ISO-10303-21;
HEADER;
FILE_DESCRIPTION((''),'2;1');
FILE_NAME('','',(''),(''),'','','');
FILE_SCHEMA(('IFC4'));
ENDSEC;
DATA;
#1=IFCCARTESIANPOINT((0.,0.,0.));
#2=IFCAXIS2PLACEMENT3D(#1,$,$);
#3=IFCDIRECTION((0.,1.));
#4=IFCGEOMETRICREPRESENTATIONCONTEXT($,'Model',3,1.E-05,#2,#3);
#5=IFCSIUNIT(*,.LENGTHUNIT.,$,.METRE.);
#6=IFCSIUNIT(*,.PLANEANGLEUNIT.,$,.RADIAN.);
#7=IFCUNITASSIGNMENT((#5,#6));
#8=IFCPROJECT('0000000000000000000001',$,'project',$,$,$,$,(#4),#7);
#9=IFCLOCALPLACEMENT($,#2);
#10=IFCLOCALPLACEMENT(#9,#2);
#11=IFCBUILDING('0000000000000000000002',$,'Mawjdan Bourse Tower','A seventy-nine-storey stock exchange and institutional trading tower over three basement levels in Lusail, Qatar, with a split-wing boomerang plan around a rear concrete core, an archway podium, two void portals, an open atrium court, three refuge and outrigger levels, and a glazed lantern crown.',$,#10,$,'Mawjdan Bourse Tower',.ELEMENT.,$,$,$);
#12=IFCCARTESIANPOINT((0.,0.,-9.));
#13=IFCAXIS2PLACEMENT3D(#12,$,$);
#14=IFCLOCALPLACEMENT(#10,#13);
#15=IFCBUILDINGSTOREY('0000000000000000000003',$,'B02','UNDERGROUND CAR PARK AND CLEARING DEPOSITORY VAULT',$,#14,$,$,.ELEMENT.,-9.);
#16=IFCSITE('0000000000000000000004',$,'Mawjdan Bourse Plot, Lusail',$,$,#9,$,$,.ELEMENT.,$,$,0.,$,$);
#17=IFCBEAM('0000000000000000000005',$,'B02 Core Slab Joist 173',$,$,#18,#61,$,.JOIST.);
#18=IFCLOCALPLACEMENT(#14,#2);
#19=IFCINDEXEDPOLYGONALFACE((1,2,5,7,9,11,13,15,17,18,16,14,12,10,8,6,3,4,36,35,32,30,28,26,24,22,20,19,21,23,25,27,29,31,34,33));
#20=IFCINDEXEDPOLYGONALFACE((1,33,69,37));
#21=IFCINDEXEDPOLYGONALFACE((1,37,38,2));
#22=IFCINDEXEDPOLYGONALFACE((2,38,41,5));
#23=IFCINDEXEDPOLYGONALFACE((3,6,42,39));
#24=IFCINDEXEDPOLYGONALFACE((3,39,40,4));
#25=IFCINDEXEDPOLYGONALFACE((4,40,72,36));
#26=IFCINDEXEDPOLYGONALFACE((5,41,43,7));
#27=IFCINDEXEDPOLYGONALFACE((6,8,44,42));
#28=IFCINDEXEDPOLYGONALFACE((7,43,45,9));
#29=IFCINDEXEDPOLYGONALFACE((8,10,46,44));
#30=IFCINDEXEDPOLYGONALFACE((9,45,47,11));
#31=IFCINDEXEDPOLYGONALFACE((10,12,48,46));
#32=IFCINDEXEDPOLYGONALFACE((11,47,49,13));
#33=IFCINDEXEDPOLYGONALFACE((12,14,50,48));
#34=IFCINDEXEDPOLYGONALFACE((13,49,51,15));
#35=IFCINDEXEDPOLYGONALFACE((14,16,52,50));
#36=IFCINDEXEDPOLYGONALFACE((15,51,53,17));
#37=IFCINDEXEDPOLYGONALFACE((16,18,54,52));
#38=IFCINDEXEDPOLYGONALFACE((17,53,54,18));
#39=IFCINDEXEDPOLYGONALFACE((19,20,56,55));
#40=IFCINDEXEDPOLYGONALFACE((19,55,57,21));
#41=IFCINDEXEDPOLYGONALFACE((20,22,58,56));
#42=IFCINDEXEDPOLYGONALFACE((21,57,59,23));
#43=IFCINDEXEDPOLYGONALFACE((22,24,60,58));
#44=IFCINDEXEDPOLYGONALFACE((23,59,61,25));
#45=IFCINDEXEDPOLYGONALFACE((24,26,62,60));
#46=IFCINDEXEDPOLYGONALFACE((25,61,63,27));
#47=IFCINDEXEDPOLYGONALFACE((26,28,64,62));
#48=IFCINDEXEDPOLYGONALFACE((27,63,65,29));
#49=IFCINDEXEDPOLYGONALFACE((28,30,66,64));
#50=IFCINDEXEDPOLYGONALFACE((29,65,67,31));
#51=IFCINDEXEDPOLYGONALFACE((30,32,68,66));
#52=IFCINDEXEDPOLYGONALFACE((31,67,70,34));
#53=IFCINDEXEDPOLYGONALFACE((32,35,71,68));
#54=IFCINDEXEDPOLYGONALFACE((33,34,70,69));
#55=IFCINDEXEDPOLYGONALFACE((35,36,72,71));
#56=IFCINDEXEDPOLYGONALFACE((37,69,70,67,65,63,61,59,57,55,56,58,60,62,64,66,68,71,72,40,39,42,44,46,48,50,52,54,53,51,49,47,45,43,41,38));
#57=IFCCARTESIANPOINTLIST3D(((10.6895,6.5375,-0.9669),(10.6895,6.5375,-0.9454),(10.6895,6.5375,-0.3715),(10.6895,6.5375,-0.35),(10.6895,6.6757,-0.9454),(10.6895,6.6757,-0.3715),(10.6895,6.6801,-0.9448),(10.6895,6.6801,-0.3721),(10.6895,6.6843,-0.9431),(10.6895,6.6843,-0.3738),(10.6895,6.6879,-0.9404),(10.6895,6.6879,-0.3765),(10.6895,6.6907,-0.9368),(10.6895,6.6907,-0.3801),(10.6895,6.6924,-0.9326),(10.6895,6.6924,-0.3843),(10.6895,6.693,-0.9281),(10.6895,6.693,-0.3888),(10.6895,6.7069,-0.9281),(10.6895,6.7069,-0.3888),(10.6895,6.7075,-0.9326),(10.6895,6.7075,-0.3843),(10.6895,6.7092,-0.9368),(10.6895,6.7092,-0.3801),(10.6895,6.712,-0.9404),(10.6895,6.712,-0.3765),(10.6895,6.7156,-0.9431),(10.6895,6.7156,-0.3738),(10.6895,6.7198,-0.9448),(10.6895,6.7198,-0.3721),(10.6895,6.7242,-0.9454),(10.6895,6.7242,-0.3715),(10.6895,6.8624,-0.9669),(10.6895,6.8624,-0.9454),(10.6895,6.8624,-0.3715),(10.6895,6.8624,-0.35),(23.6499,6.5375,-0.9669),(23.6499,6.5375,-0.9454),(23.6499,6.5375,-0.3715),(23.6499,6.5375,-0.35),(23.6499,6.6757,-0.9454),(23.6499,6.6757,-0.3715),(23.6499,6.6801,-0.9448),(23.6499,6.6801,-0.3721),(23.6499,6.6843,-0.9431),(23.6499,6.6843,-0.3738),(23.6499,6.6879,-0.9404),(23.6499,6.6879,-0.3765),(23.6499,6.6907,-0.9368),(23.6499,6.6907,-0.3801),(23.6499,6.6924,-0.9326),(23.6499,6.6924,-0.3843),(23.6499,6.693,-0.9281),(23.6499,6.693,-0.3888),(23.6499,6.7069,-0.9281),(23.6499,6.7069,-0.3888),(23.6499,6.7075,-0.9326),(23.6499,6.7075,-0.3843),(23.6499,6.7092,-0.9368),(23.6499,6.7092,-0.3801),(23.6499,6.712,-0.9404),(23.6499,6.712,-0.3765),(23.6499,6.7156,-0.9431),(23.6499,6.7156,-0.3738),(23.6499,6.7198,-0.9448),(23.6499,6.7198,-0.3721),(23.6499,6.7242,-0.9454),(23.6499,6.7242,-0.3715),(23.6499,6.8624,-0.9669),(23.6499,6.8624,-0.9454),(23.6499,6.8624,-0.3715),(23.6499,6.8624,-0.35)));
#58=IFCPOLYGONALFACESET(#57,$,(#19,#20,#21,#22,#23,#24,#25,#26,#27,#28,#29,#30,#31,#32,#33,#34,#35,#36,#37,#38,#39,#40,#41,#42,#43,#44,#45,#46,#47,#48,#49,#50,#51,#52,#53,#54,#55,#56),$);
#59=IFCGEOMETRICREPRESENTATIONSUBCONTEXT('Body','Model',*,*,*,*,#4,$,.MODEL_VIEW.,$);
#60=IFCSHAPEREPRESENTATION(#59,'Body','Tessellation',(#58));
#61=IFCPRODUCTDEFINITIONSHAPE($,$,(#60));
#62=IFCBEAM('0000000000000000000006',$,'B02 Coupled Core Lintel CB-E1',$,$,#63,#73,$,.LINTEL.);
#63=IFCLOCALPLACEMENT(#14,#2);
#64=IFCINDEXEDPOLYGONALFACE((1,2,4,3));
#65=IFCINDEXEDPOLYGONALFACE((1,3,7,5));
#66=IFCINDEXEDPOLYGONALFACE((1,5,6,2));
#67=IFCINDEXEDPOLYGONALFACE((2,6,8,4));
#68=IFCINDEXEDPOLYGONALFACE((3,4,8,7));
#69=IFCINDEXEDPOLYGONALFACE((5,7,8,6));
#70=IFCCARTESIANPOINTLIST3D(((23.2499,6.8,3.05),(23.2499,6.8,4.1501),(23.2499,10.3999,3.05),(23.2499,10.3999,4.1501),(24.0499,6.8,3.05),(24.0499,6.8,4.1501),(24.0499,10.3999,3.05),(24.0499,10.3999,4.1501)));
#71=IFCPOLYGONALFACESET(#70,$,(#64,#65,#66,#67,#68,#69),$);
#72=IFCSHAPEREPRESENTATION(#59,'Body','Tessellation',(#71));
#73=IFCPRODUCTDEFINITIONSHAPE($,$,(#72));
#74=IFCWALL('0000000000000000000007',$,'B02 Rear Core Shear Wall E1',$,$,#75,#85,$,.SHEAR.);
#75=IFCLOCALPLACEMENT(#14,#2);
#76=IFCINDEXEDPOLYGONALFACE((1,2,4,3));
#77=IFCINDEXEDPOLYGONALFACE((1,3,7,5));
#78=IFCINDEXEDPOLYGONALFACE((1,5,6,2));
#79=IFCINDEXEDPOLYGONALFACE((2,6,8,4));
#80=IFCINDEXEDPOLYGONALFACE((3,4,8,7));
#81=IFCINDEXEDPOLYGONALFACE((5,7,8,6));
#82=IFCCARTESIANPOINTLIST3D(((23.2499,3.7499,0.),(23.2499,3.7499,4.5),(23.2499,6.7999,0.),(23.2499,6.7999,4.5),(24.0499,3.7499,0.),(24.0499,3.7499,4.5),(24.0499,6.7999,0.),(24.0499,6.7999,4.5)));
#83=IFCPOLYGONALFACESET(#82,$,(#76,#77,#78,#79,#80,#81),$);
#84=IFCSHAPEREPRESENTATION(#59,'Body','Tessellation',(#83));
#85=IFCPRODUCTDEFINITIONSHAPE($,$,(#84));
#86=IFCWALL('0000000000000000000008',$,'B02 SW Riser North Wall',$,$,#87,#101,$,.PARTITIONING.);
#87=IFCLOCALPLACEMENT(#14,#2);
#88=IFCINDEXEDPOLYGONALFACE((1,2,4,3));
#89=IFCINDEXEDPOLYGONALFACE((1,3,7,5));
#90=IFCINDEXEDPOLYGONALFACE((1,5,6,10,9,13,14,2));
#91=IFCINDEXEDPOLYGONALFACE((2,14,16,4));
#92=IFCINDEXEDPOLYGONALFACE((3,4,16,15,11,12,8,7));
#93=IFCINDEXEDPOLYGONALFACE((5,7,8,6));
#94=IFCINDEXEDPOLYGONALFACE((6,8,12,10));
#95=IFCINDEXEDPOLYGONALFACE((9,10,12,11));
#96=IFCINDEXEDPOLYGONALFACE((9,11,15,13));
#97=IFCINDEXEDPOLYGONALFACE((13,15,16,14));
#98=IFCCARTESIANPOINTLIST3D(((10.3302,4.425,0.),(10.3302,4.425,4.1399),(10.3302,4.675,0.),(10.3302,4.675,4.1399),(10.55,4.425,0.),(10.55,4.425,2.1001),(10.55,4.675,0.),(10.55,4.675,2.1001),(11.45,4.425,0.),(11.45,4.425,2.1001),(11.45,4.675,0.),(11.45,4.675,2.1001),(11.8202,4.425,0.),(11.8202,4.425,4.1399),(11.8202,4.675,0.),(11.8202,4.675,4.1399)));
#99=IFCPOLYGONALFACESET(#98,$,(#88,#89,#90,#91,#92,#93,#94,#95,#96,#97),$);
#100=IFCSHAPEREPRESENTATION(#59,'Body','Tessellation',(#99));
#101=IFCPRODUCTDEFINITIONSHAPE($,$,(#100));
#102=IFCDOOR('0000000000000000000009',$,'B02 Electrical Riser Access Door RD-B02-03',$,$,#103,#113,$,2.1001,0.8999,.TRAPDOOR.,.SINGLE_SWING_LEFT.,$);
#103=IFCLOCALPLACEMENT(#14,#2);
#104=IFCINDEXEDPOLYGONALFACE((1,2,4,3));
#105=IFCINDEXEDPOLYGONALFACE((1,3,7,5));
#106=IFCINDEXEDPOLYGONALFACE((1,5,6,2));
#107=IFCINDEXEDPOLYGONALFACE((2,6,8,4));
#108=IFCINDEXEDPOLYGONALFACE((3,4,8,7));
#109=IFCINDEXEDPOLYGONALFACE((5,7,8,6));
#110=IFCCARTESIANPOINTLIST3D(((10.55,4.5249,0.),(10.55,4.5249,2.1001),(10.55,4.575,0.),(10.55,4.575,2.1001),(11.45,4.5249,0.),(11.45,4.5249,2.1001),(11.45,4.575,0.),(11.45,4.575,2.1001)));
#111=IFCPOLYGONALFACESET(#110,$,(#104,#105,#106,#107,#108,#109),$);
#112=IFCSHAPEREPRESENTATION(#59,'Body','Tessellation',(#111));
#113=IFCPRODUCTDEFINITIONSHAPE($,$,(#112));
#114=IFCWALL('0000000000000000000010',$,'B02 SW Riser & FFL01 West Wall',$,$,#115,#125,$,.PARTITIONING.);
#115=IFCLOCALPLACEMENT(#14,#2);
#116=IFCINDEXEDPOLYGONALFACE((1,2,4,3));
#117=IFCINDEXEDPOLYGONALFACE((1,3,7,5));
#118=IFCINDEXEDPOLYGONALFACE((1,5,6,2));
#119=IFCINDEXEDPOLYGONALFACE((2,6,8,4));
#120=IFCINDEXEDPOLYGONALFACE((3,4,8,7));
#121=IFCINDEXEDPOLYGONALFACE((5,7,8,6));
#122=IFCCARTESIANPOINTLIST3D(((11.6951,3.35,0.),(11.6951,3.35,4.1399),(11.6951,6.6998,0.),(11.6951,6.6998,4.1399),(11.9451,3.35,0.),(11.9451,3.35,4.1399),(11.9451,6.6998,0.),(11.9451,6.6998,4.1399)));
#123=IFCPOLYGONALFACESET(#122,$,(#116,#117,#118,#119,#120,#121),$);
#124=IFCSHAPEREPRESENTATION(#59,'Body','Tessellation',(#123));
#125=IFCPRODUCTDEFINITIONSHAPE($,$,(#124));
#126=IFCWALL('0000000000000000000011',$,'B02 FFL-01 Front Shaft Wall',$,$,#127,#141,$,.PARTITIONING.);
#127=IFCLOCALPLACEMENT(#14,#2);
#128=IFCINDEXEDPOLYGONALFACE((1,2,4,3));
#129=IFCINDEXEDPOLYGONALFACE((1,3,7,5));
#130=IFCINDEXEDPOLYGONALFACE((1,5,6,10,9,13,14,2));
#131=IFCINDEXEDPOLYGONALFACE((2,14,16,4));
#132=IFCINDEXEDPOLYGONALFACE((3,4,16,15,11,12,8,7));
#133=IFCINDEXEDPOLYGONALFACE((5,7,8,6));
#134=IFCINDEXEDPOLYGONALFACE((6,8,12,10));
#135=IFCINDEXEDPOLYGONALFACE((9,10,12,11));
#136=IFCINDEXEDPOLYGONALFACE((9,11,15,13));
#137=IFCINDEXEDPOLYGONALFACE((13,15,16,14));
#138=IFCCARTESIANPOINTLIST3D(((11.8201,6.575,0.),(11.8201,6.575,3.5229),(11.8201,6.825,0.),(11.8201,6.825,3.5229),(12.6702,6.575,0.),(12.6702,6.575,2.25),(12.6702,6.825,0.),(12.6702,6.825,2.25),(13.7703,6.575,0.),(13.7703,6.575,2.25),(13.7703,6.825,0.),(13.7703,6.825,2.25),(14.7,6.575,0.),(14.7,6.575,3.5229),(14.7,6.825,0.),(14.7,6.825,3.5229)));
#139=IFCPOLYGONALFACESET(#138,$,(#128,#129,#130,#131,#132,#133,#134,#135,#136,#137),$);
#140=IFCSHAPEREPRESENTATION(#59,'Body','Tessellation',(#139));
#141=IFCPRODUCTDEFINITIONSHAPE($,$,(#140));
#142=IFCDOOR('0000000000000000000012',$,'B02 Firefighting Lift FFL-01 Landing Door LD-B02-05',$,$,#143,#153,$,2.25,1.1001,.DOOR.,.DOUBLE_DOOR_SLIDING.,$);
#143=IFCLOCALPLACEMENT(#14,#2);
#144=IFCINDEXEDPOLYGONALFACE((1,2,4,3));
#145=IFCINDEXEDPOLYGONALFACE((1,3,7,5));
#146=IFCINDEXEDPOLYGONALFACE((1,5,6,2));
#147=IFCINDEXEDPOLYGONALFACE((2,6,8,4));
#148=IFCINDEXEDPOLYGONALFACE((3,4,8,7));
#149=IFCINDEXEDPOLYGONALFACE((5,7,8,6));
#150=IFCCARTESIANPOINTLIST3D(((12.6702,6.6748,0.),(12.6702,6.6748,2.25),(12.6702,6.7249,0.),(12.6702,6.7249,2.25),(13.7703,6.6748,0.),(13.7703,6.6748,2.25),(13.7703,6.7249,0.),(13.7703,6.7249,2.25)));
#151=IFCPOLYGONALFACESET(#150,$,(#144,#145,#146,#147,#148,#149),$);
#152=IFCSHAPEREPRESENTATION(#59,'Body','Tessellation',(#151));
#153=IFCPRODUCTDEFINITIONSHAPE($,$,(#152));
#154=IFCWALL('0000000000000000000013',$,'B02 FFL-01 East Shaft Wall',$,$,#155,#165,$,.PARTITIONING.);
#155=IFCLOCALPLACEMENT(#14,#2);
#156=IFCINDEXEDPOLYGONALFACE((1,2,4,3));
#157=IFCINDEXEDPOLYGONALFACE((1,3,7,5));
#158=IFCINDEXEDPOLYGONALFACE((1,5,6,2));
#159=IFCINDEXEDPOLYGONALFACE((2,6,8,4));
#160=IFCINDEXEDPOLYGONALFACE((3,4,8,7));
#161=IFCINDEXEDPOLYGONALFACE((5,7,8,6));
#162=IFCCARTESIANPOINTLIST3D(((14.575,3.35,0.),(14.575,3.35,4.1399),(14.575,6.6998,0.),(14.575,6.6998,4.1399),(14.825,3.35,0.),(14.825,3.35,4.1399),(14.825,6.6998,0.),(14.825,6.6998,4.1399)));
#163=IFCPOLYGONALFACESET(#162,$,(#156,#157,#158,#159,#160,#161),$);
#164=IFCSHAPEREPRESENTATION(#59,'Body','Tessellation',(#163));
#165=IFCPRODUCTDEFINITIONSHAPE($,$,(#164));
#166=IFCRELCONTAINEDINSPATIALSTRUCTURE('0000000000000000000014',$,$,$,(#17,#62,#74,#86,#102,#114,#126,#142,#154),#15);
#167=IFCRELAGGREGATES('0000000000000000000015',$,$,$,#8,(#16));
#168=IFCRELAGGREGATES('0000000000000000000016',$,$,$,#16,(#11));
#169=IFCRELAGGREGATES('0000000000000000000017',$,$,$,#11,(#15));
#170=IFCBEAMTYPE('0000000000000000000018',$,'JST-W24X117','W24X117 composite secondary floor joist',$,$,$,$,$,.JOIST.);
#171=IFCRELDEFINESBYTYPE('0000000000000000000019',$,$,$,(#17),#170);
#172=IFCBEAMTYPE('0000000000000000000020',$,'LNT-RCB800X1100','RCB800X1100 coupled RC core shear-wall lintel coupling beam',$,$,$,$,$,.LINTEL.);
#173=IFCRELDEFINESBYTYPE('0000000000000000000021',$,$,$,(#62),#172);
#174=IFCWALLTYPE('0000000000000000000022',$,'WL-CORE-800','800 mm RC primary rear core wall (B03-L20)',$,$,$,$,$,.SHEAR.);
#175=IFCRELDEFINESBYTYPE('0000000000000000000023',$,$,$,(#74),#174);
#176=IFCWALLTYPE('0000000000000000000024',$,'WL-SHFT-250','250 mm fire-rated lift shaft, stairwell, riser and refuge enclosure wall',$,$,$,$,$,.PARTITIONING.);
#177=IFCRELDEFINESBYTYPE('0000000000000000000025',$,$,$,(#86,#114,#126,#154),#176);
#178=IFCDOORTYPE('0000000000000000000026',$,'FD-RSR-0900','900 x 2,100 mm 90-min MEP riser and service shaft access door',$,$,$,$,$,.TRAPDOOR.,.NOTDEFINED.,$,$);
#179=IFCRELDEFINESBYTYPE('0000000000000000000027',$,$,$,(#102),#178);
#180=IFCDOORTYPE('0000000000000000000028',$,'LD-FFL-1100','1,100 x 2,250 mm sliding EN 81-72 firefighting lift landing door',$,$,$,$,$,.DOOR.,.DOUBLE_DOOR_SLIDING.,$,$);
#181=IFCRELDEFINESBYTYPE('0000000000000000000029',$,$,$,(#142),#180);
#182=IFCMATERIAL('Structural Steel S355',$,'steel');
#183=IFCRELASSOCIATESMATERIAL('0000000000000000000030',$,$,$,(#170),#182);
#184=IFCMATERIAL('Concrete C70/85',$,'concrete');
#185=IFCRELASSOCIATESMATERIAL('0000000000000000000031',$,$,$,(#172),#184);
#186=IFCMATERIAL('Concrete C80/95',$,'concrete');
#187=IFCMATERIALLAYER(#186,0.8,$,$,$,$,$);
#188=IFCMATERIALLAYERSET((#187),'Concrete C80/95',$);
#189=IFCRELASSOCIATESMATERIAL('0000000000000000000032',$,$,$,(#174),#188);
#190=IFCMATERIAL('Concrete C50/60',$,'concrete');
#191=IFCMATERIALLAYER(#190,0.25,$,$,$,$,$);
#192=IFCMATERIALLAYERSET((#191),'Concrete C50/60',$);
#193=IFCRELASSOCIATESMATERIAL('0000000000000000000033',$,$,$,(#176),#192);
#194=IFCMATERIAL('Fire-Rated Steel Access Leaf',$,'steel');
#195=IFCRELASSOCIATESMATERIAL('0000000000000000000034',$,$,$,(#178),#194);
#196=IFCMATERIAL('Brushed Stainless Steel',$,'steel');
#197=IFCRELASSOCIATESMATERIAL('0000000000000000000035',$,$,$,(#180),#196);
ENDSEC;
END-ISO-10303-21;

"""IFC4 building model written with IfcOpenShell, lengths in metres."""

from ifc_helpers import new_model, si_unit, direction, frame, frame_2d, origin, origin_2d, place, context, subcontext, project, spatial, rectangle, i_section, extrude, material, layer, layer_set, material_profile, profile_set, type_object, element, fill, save


model = new_model("IFC4")

# Units and contexts
model_context = context("Model", 3, precision=1e-05, world=origin(), true_north=direction((0.0, 1.0)))
body_context = subcontext(model_context, "Body", "Model", "MODEL_VIEW")
ifc_project = project(units=[si_unit("LENGTHUNIT", "METRE"), si_unit("PLANEANGLEUNIT", "RADIAN")], contexts=[model_context])

# Site, building, storey
site_placement = place(None, origin())
site = spatial("IfcSite", under=ifc_project, at=site_placement, Name="Mawjdan Bourse Plot, Lusail", CompositionType="ELEMENT", RefElevation=0.0)
building_placement = place(site_placement, origin())
building = spatial("IfcBuilding", under=site, at=building_placement, Name="Mawjdan Bourse Tower", Description="A seventy-nine-storey stock exchange and institutional trading tower over three basement levels in Lusail, Qatar, with a split-wing boomerang plan around a rear concrete core, an archway podium, two void portals, an open atrium court, three refuge and outrigger levels, and a glazed lantern crown.", LongName="Mawjdan Bourse Tower", CompositionType="ELEMENT")
storey_placement = place(building_placement, frame((0.0, 0.0, -9.0)))
storey = spatial("IfcBuildingStorey", under=building, at=storey_placement, Name="B02", Description="UNDERGROUND CAR PARK AND CLEARING DEPOSITORY VAULT", CompositionType="ELEMENT", Elevation=-9.0)

# Shared definitions
ifc_material_1 = material(Name="Concrete C80/95", Category="concrete")

# Beams
ifc_material_2 = material(Name="Structural Steel S355", Category="steel")
ifc_material_profile_1 = material_profile(ifc_material_2, i_section(OverallWidth=0.325, OverallDepth=0.6169, WebThickness=0.0139, FlangeThickness=0.0215, FilletRadius=0.0173, at=origin_2d()), Name="W24X117")
ifc_profile_set_1 = profile_set([ifc_material_profile_1], Name="Structural Steel S355")
beam_type_1 = type_object("IfcBeamType", Name="JST-W24X117", Description="W24X117 composite secondary floor joist", PredefinedType="JOIST", material=ifc_profile_set_1)
beam_1_placement = place(storey_placement, frame((10.6895, 6.7, -0.6584), z_axis=(1.0, 0.0, 0.0), x_axis=(0.0, 1.0, 0.0)))
element("IfcBeam", 1, at=beam_1_placement, inside=storey, type_object=beam_type_1, Name="B02 Core Slab Joist 173", PredefinedType="JOIST", context=body_context, shape_type="SweptSolid", body=[
    extrude(i_section(OverallWidth=0.325, OverallDepth=0.6169, WebThickness=0.0139, FlangeThickness=0.0215, FilletRadius=0.0173, at=origin_2d()), origin(), (0.0, 0.0, 1.0), 12.9604),
])
ifc_material_3 = material(Name="Concrete C70/85", Category="concrete")
ifc_material_profile_2 = material_profile(ifc_material_3, rectangle(XDim=0.8, YDim=1.1001, at=origin_2d()), Name="RCB800X1100")
ifc_profile_set_2 = profile_set([ifc_material_profile_2], Name="Concrete C70/85")
beam_type_2 = type_object("IfcBeamType", Name="LNT-RCB800X1100", Description="RCB800X1100 coupled RC core shear-wall lintel coupling beam", PredefinedType="LINTEL", material=ifc_profile_set_2)
beam_2_placement = place(storey_placement, frame((23.6499, 6.8, 3.6001), z_axis=(0.0, 1.0, 0.0), x_axis=(-1.0, 0.0, 0.0)))
element("IfcBeam", 2, at=beam_2_placement, inside=storey, type_object=beam_type_2, Name="B02 Coupled Core Lintel CB-E1", PredefinedType="LINTEL", context=body_context, shape_type="SweptSolid", body=[
    extrude(rectangle(XDim=0.8, YDim=1.1001, at=origin_2d()), origin(), (0.0, 0.0, 1.0), 3.5999),
])

# Wall
ifc_layer_1 = layer(ifc_material_1, 0.8)
ifc_layer_set_1 = layer_set([ifc_layer_1], Name="Concrete C80/95")
wall_type_1 = type_object("IfcWallType", Name="WL-CORE-800", Description="800 mm RC primary rear core wall (B03-L20)", PredefinedType="SHEAR", material=ifc_layer_set_1)
wall_1_placement = place(storey_placement, frame((23.6499, 3.75, 0.0), z_axis=(0.0, 0.0, 1.0), x_axis=(0.0, 1.0, 0.0)))
element("IfcWall", 3, at=wall_1_placement, inside=storey, type_object=wall_type_1, Name="B02 Rear Core Shear Wall E1", PredefinedType="SHEAR", context=body_context, shape_type="SweptSolid", body=[
    extrude(rectangle(XDim=3.05, YDim=0.8, at=frame_2d((1.5249, 0.0))), origin(), (0.0, 0.0, 1.0), 4.5),
])

# Wall, opening, door
ifc_material_4 = material(Name="Concrete C50/60", Category="concrete")
ifc_layer_2 = layer(ifc_material_4, 0.25)
ifc_layer_set_2 = layer_set([ifc_layer_2], Name="Concrete C50/60")
wall_type_2 = type_object("IfcWallType", Name="WL-SHFT-250", Description="250 mm fire-rated lift shaft, stairwell, riser and refuge enclosure wall", PredefinedType="PARTITIONING", material=ifc_layer_set_2)
wall_2_placement = place(storey_placement, frame((10.3301, 4.55, 0.0), z_axis=(0.0, 0.0, 1.0), x_axis=(1.0, 0.0, 0.0)))
wall_2 = element("IfcWall", 4, at=wall_2_placement, inside=storey, type_object=wall_type_2, Name="B02 SW Riser North Wall", PredefinedType="PARTITIONING", context=body_context, shape_type="SweptSolid", body=[
    extrude(rectangle(XDim=1.49, YDim=0.25, at=frame_2d((0.7451, 0.0))), origin(), (0.0, 0.0, 1.0), 4.1399),
])
opening_1_placement = place(wall_2_placement, frame((0.22, 0.0, 0.0)))
opening_1 = element("IfcOpeningElement", 5, at=opening_1_placement, cuts=wall_2, PredefinedType="OPENING", context=body_context, shape_type="SweptSolid", body=[
    extrude(rectangle(XDim=0.8999, YDim=2.1001, at=frame_2d((0.45, 1.05))), frame((0.0, 0.135, 0.0), z_axis=(0.0, -1.0, 0.0), x_axis=(1.0, 0.0, 0.0)), (0.0, 0.0, 1.0), 0.27),
])
ifc_material_5 = material(Name="Fire-Rated Steel Access Leaf", Category="steel")
door_type_1 = type_object("IfcDoorType", Name="FD-RSR-0900", Description="900 x 2,100 mm 90-min MEP riser and service shaft access door", OperationType="NOTDEFINED", PredefinedType="TRAPDOOR", material=ifc_material_5)
door_1_placement = place(opening_1_placement, origin())
door_1 = element("IfcDoor", 6, at=door_1_placement, inside=storey, type_object=door_type_1, Name="B02 Electrical Riser Access Door RD-B02-03", OperationType="SINGLE_SWING_LEFT", OverallHeight=2.1001, OverallWidth=0.8999, PredefinedType="TRAPDOOR", context=body_context, shape_type="SweptSolid", body=[
    extrude(rectangle(XDim=0.8999, YDim=2.1001, at=frame_2d((0.45, 1.05))), frame((0.0, 0.0249, 0.0), z_axis=(0.0, -1.0, 0.0), x_axis=(1.0, 0.0, 0.0)), (0.0, 0.0, 1.0), 0.05),
])
fill(opening_1, door_1)

# Wall
wall_3_placement = place(storey_placement, frame((11.8201, 3.3501, 0.0), z_axis=(0.0, 0.0, 1.0), x_axis=(0.0, 1.0, 0.0)))
element("IfcWall", 7, at=wall_3_placement, inside=storey, type_object=wall_type_2, Name="B02 SW Riser & FFL01 West Wall", PredefinedType="PARTITIONING", context=body_context, shape_type="SweptSolid", body=[
    extrude(rectangle(XDim=3.3499, YDim=0.25, at=frame_2d((1.6748, 0.0))), origin(), (0.0, 0.0, 1.0), 4.1399),
])

# Wall, opening, door
wall_4_placement = place(storey_placement, frame((11.8201, 6.7, 0.0), z_axis=(0.0, 0.0, 1.0), x_axis=(1.0, 0.0, 0.0)))
wall_4 = element("IfcWall", 8, at=wall_4_placement, inside=storey, type_object=wall_type_2, Name="B02 FFL-01 Front Shaft Wall", PredefinedType="PARTITIONING", context=body_context, shape_type="SweptSolid", body=[
    extrude(rectangle(XDim=2.8799, YDim=0.25, at=frame_2d((1.4399, 0.0))), origin(), (0.0, 0.0, 1.0), 3.5229),
])
opening_2_placement = place(wall_4_placement, frame((0.8501, 0.0, 0.0)))
opening_2 = element("IfcOpeningElement", 9, at=opening_2_placement, cuts=wall_4, PredefinedType="OPENING", context=body_context, shape_type="SweptSolid", body=[
    extrude(rectangle(XDim=1.1001, YDim=2.25, at=frame_2d((0.55, 1.125))), frame((0.0, 0.135, 0.0), z_axis=(0.0, -1.0, 0.0), x_axis=(1.0, 0.0, 0.0)), (0.0, 0.0, 1.0), 0.27),
])
ifc_material_6 = material(Name="Brushed Stainless Steel", Category="steel")
door_type_2 = type_object("IfcDoorType", Name="LD-FFL-1100", Description="1,100 x 2,250 mm sliding EN 81-72 firefighting lift landing door", OperationType="DOUBLE_DOOR_SLIDING", PredefinedType="DOOR", material=ifc_material_6)
door_2_placement = place(opening_2_placement, origin())
door_2 = element("IfcDoor", 10, at=door_2_placement, inside=storey, type_object=door_type_2, Name="B02 Firefighting Lift FFL-01 Landing Door LD-B02-05", OperationType="DOUBLE_DOOR_SLIDING", OverallHeight=2.25, OverallWidth=1.1001, PredefinedType="DOOR", context=body_context, shape_type="SweptSolid", body=[
    extrude(rectangle(XDim=1.1001, YDim=2.25, at=frame_2d((0.55, 1.125))), frame((0.0, 0.0249, 0.0), z_axis=(0.0, -1.0, 0.0), x_axis=(1.0, 0.0, 0.0)), (0.0, 0.0, 1.0), 0.05),
])
fill(opening_2, door_2)

# Wall
wall_5_placement = place(storey_placement, frame((14.7, 3.3501, 0.0), z_axis=(0.0, 0.0, 1.0), x_axis=(0.0, 1.0, 0.0)))
element("IfcWall", 11, at=wall_5_placement, inside=storey, type_object=wall_type_2, Name="B02 FFL-01 East Shaft Wall", PredefinedType="PARTITIONING", context=body_context, shape_type="SweptSolid", body=[
    extrude(rectangle(XDim=3.3499, YDim=0.25, at=frame_2d((1.6748, 0.0))), origin(), (0.0, 0.0, 1.0), 4.1399),
])

save(model, "model.ifc")
